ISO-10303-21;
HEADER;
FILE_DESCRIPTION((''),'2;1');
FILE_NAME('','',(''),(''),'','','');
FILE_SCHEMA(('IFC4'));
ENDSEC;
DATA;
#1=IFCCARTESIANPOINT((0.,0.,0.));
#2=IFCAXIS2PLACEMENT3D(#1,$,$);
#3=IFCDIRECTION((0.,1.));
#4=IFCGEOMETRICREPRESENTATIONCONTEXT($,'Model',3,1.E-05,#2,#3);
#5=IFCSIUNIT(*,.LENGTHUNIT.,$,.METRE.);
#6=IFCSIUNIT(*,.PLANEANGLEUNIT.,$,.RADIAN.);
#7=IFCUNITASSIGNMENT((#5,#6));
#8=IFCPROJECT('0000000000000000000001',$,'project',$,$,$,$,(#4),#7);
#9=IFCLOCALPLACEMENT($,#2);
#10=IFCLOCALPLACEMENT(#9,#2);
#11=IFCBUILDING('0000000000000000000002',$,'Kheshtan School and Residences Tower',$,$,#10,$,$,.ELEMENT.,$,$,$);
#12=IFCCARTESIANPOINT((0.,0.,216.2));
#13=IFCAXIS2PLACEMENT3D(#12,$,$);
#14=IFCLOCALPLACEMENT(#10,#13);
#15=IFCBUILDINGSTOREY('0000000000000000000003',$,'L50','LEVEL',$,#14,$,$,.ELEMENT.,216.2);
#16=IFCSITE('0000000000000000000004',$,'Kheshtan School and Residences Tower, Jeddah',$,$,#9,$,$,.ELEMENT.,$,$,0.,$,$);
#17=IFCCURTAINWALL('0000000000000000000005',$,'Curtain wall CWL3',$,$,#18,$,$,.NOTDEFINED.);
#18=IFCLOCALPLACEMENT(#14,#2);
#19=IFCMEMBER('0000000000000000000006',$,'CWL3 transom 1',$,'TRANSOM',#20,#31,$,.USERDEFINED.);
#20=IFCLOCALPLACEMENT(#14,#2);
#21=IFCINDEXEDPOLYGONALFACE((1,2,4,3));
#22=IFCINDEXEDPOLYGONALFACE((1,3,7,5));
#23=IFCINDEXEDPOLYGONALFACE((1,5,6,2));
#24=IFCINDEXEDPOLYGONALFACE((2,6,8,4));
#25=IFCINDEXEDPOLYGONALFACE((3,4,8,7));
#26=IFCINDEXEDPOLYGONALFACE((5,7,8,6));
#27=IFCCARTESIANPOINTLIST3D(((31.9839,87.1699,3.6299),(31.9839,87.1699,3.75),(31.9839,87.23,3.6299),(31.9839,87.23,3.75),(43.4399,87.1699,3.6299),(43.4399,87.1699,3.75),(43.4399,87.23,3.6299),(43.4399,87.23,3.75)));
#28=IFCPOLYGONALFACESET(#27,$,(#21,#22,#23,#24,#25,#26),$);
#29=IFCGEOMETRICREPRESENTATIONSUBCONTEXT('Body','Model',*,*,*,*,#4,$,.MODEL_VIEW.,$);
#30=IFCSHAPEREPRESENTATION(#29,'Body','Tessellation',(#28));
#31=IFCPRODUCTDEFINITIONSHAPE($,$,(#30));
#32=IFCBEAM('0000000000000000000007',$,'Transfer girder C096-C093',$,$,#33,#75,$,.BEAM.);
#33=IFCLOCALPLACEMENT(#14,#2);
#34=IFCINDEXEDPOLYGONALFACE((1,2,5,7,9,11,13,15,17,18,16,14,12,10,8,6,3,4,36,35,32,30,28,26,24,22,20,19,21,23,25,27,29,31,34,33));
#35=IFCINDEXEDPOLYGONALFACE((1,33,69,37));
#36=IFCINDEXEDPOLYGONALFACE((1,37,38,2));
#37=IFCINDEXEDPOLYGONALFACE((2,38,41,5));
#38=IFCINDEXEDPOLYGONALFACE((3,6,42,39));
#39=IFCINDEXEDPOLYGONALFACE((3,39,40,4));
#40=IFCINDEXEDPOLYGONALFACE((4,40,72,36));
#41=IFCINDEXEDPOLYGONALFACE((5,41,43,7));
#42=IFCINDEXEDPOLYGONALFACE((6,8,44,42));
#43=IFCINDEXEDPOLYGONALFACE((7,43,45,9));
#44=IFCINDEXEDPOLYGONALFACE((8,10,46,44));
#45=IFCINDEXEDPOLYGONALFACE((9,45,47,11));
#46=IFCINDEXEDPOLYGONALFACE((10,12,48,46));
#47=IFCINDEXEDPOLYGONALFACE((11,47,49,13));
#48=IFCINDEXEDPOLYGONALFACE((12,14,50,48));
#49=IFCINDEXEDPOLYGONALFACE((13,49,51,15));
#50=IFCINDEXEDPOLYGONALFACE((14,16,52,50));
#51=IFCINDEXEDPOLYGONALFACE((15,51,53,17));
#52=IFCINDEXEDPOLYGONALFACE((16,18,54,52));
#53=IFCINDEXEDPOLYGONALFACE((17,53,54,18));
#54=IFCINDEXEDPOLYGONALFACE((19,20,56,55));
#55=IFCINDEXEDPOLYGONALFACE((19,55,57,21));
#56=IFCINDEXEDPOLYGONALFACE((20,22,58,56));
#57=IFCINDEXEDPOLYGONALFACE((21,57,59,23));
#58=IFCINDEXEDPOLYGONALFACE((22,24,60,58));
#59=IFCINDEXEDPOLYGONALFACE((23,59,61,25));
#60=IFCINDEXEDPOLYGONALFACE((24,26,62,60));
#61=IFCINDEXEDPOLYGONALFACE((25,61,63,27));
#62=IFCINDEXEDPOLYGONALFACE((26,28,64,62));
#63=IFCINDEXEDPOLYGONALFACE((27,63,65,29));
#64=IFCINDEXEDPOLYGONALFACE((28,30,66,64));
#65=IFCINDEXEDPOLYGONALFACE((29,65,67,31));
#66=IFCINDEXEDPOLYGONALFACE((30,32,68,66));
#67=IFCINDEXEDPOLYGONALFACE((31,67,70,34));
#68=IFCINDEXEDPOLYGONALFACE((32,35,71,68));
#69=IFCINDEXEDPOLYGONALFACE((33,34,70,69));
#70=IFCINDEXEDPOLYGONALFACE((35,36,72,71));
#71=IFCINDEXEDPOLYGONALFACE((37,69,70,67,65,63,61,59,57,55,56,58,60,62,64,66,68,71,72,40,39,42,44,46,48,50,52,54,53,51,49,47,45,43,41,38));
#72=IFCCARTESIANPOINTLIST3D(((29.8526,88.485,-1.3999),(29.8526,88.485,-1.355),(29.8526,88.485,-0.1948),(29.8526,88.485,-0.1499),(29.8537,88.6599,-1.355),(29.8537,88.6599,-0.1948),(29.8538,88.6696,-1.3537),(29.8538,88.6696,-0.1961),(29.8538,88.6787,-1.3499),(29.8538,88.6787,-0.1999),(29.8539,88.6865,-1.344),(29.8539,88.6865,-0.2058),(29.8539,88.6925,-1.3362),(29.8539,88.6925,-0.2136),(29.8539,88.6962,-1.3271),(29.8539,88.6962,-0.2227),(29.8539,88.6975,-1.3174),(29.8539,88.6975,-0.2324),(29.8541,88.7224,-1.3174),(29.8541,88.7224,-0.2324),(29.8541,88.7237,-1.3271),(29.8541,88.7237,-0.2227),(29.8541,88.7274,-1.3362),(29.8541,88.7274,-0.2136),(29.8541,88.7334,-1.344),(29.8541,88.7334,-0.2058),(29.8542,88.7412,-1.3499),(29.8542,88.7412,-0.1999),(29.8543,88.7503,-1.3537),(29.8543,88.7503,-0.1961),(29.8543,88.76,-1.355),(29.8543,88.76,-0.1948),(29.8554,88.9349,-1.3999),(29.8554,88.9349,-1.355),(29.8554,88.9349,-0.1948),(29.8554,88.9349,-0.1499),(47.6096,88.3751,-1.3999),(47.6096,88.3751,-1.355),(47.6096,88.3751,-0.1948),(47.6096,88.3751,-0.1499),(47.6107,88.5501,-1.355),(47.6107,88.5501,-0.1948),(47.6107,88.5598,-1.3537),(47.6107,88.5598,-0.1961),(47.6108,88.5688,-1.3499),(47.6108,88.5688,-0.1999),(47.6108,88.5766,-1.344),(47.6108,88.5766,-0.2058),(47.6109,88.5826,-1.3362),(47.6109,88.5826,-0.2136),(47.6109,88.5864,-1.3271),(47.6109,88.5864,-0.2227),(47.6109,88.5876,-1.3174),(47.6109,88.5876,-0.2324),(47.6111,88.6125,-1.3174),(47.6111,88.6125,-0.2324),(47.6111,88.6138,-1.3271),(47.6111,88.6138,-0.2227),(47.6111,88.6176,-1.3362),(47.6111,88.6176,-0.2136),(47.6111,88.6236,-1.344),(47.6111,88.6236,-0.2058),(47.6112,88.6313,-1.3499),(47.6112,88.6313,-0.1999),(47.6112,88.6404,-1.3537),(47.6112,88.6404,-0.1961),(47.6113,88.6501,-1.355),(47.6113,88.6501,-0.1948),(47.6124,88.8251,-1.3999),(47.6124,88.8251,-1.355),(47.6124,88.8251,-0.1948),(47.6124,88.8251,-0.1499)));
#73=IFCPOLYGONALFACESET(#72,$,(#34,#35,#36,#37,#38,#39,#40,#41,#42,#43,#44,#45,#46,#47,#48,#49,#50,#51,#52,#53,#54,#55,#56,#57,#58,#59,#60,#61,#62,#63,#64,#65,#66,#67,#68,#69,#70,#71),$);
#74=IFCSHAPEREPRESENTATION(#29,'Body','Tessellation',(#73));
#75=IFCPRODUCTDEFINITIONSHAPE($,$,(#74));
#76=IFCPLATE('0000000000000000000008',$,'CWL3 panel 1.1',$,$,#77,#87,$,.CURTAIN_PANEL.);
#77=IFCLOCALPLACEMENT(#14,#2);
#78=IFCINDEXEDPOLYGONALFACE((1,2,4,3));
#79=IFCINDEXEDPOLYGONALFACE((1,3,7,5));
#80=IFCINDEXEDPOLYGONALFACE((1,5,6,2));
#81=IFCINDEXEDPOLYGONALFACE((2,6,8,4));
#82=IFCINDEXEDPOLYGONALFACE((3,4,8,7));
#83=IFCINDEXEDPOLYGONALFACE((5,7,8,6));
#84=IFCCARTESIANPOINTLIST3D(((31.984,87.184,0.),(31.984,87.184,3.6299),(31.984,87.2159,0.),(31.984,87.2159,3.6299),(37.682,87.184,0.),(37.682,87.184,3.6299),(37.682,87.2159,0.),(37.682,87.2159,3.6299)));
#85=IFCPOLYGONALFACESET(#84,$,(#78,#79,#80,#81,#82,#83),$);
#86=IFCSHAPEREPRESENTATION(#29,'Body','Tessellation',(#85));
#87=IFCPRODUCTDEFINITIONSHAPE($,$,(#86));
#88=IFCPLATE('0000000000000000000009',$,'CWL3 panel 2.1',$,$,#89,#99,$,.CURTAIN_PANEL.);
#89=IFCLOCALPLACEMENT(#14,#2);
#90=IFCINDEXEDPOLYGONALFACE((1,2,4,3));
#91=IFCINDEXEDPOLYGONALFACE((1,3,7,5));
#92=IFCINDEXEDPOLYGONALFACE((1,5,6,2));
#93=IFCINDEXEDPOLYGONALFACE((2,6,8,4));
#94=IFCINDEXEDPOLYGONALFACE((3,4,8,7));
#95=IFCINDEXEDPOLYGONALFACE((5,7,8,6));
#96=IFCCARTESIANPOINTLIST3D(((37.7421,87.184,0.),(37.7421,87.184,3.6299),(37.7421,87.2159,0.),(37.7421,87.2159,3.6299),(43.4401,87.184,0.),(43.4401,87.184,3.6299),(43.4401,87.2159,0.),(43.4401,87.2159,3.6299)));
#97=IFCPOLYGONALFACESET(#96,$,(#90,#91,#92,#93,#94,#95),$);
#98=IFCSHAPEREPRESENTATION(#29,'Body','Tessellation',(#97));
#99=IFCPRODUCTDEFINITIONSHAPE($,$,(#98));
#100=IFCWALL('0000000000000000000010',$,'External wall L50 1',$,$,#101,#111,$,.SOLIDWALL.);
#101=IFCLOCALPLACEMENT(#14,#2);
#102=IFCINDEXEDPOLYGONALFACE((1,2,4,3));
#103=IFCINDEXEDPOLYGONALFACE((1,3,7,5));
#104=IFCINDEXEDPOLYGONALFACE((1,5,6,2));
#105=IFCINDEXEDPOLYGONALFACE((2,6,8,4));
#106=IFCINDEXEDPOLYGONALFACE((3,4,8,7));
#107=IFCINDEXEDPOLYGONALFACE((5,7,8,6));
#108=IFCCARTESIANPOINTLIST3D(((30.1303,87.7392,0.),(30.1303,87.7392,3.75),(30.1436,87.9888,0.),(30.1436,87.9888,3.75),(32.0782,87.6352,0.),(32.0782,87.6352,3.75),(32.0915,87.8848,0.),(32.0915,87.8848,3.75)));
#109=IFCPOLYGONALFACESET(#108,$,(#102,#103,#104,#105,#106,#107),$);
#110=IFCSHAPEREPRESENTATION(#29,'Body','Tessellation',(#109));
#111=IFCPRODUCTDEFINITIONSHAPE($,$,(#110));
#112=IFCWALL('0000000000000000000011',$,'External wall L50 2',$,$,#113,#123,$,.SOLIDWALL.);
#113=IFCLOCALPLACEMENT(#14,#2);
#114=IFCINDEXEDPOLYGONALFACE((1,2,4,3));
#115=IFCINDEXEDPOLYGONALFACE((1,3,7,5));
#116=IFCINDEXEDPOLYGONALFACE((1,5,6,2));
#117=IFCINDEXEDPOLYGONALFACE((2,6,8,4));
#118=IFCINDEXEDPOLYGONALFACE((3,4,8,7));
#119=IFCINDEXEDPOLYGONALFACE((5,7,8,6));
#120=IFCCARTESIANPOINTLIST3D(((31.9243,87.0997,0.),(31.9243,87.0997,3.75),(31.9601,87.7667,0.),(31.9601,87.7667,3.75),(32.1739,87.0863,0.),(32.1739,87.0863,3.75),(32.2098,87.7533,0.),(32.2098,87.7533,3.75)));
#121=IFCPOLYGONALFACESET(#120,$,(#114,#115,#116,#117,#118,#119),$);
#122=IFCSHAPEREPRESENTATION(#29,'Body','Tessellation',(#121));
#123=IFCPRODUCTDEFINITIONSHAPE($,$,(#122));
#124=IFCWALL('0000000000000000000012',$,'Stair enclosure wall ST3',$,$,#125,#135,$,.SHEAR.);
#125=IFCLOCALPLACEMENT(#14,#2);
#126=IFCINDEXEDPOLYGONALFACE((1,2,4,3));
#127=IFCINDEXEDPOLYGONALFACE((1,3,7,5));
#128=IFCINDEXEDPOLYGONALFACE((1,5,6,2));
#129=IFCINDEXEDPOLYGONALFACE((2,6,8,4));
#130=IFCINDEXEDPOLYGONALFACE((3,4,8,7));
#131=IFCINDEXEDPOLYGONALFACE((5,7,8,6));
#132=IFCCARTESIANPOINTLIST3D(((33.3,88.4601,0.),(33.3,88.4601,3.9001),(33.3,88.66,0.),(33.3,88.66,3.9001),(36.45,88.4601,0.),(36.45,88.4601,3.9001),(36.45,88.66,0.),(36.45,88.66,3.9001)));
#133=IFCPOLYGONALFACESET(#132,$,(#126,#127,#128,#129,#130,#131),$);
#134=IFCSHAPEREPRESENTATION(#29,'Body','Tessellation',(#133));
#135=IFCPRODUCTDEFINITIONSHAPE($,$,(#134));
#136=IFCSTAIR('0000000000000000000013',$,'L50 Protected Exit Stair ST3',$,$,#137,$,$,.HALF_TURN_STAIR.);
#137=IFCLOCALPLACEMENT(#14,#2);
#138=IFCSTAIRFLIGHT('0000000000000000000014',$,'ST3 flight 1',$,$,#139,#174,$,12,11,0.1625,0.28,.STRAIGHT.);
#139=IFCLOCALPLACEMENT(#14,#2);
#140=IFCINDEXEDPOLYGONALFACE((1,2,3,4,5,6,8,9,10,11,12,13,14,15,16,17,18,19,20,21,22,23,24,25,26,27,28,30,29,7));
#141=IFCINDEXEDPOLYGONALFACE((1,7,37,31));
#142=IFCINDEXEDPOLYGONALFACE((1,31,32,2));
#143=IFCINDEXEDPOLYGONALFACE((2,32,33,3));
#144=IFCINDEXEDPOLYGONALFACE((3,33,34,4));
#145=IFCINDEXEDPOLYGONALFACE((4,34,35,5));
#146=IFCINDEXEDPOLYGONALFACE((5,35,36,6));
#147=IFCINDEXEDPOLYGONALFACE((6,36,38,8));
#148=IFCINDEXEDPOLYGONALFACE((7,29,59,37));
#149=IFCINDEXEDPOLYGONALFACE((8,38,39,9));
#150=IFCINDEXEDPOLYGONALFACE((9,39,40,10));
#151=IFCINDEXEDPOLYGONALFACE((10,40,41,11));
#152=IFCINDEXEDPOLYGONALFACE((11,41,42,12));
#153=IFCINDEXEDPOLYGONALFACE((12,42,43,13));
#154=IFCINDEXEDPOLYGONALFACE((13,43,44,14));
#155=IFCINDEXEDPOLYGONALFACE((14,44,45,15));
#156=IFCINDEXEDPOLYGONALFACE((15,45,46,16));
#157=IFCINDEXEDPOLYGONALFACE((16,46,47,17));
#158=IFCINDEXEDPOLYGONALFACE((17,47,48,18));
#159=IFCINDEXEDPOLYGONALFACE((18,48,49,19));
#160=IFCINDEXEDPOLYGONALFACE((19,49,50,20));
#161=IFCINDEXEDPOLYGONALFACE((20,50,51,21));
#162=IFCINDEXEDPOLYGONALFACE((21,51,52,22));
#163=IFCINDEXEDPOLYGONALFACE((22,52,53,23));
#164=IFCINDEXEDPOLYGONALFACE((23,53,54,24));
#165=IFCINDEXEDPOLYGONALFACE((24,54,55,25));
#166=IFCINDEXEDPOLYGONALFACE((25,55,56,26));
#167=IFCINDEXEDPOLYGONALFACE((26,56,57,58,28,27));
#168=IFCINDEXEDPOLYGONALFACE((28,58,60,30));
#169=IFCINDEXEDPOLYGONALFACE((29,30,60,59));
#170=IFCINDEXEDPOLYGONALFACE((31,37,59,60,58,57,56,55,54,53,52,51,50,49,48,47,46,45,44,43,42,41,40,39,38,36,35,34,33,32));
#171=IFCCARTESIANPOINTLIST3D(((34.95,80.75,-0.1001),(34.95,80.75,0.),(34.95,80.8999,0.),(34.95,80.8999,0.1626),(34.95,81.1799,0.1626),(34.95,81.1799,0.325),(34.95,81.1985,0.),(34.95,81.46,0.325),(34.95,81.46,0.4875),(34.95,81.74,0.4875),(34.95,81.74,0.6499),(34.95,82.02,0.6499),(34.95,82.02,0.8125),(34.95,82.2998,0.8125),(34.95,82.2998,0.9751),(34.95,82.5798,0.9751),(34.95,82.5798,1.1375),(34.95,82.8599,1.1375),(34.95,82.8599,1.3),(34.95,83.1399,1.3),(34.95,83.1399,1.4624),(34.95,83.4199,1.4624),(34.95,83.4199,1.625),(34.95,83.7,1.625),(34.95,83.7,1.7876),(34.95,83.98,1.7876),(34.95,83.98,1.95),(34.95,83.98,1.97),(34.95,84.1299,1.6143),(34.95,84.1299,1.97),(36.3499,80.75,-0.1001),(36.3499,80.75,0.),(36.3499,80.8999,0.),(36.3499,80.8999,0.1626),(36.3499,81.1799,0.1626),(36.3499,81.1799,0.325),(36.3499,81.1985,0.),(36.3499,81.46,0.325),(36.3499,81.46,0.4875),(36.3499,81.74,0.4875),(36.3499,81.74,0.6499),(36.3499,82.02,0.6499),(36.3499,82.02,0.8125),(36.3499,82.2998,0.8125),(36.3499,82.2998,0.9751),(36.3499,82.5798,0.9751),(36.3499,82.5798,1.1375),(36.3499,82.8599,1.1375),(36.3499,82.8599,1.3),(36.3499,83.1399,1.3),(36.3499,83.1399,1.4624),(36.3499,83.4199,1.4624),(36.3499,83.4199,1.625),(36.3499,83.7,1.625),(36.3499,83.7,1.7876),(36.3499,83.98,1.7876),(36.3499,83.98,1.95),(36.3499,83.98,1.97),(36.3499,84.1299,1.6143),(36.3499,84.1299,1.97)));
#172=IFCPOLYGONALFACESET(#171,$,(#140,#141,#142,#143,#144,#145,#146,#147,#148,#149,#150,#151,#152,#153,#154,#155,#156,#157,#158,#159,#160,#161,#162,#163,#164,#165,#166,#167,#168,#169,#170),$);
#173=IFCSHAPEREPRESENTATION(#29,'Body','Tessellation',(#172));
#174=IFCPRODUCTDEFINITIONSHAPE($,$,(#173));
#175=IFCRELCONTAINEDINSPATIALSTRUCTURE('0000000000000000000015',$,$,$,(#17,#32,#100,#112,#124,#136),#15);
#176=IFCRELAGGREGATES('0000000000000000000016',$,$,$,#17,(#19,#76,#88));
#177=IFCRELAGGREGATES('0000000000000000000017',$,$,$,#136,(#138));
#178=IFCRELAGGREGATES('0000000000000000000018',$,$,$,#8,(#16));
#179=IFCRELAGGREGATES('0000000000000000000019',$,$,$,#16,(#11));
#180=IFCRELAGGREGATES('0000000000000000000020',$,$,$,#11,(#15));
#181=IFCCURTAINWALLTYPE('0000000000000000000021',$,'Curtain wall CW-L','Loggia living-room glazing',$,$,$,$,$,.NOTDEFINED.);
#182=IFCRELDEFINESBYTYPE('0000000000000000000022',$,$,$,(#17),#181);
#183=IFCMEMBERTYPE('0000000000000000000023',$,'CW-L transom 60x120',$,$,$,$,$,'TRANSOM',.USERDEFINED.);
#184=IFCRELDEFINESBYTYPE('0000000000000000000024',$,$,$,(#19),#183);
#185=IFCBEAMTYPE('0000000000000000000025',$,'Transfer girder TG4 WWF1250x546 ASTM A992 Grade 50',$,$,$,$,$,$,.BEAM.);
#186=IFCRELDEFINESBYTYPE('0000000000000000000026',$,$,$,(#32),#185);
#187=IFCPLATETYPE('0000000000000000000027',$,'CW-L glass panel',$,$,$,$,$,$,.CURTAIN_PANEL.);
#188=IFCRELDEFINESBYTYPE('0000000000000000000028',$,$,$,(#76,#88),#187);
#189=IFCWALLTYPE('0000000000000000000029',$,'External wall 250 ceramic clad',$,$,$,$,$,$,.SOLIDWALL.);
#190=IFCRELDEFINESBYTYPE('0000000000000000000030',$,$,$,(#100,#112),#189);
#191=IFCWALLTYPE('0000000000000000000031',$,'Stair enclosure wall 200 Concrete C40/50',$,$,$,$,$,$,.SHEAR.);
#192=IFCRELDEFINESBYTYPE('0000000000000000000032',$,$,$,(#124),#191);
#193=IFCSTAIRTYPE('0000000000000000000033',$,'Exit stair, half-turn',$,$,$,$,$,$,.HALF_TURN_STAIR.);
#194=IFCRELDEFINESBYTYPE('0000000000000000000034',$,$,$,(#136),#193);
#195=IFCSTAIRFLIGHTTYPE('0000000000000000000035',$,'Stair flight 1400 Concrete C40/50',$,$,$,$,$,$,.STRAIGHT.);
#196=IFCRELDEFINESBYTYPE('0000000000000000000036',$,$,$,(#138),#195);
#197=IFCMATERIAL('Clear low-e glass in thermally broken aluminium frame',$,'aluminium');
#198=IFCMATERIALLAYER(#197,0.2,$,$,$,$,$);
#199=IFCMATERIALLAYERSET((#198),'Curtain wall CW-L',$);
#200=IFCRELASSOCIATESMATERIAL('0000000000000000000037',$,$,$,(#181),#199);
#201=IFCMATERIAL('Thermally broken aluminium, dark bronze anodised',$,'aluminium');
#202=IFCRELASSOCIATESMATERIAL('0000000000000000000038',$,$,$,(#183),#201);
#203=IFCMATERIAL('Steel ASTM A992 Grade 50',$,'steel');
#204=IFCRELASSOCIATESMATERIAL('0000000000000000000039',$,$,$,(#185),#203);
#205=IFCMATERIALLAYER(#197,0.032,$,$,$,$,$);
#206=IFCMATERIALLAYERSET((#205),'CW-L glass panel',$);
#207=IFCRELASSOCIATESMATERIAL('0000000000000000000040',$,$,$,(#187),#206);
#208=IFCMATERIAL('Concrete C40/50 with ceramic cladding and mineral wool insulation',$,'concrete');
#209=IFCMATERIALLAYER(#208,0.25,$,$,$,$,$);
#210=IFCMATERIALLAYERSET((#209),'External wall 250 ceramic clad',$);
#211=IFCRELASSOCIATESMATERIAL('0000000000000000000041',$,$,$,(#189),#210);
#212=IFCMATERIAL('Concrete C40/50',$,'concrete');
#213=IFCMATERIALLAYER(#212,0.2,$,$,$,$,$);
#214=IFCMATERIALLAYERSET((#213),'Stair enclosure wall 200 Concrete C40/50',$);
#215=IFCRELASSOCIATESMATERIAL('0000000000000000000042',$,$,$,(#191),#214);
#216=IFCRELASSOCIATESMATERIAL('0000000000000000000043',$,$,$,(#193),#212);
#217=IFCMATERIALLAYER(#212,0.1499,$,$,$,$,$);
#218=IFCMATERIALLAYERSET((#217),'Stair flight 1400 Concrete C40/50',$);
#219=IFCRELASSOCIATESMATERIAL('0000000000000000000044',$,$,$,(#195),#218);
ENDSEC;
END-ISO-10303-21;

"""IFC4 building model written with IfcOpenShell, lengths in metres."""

from ifc_helpers import new_model, si_unit, direction, frame, frame_2d, origin, origin_2d, place, context, subcontext, project, spatial, polyline, rectangle, i_section, outline, extrude, material, layer, layer_set, material_profile, profile_set, type_object, element, aggregate, save


model = new_model("IFC4")

# Units and contexts
model_context = context("Model", 3, precision=1e-05, world=origin(), true_north=direction((0.0, 1.0)))
body_context = subcontext(model_context, "Body", "Model", "MODEL_VIEW")
ifc_project = project(units=[si_unit("LENGTHUNIT", "METRE"), si_unit("PLANEANGLEUNIT", "RADIAN")], contexts=[model_context])

# Site, building, storey
site_placement = place(None, origin())
site = spatial("IfcSite", under=ifc_project, at=site_placement, Name="Kheshtan School and Residences Tower, Jeddah", CompositionType="ELEMENT", RefElevation=0.0)
building_placement = place(site_placement, origin())
building = spatial("IfcBuilding", under=site, at=building_placement, Name="Kheshtan School and Residences Tower", CompositionType="ELEMENT")
storey_placement = place(building_placement, frame((0.0, 0.0, 216.2)))
storey = spatial("IfcBuildingStorey", under=building, at=storey_placement, Name="L50", Description="LEVEL", CompositionType="ELEMENT", Elevation=216.2)

# Shared definitions
ifc_material_1 = material(Name="Steel ASTM A992 Grade 50", Category="steel")

# Curtain wall, member
ifc_material_2 = material(Name="Clear low-e glass in thermally broken aluminium frame", Category="aluminium")
ifc_layer_1 = layer(ifc_material_2, 0.2)
ifc_layer_set_1 = layer_set([ifc_layer_1], Name="Curtain wall CW-L")
curtain_wall_type = type_object("IfcCurtainWallType", Name="Curtain wall CW-L", Description="Loggia living-room glazing", PredefinedType="NOTDEFINED", material=ifc_layer_set_1)
curtain_wall_placement = place(storey_placement, origin())
curtain_wall = element("IfcCurtainWall", 1, at=curtain_wall_placement, inside=storey, type_object=curtain_wall_type, Name="Curtain wall CWL3", PredefinedType="NOTDEFINED")
ifc_material_3 = material(Name="Thermally broken aluminium, dark bronze anodised", Category="aluminium")
ifc_material_profile_1 = material_profile(ifc_material_3, rectangle(XDim=0.0601, YDim=0.1201, at=origin_2d()), Name="CW-L transom 60x120")
ifc_profile_set_1 = profile_set([ifc_material_profile_1], Name="Thermally broken aluminium, dark bronze anodised")
member_type_1 = type_object("IfcMemberType", Name="CW-L transom 60x120", ElementType="TRANSOM", PredefinedType="USERDEFINED", material=ifc_profile_set_1)
member_1_placement = place(storey_placement, frame((31.9839, 87.2, 3.6899), z_axis=(1.0, 0.0, 0.0), x_axis=(0.0, 1.0, 0.0)))
member_1 = element("IfcMember", 2, at=member_1_placement, type_object=member_type_1, Name="CWL3 transom 1", ObjectType="TRANSOM", PredefinedType="USERDEFINED", context=body_context, shape_type="SweptSolid", body=[
    extrude(rectangle(XDim=0.0601, YDim=0.1201, at=origin_2d()), origin(), (0.0, 0.0, 1.0), 11.4561),
])

# Beam
ifc_material_profile_2 = material_profile(ifc_material_1, i_section(OverallWidth=0.45, OverallDepth=1.25, WebThickness=0.0249, FlangeThickness=0.0449, FilletRadius=0.0376, at=origin_2d()), Name="WWF1250x546")
ifc_profile_set_2 = profile_set([ifc_material_profile_2], Name="Steel ASTM A992 Grade 50")
beam_type_1 = type_object("IfcBeamType", Name="Transfer girder TG4 WWF1250x546 ASTM A992 Grade 50", PredefinedType="BEAM", material=ifc_profile_set_2)
beam_1_placement = place(storey_placement, frame((29.854, 88.71, -0.7749), z_axis=(0.999981, -0.006187, 0.0), x_axis=(0.006187, 0.999981, 0.0)))
element("IfcBeam", 3, at=beam_1_placement, inside=storey, type_object=beam_type_1, Name="Transfer girder C096-C093", PredefinedType="BEAM", context=body_context, shape_type="SweptSolid", body=[
    extrude(i_section(OverallWidth=0.45, OverallDepth=1.25, WebThickness=0.0249, FlangeThickness=0.0449, FilletRadius=0.0376, at=origin_2d()), origin(), (0.0, 0.0, 1.0), 17.7573),
])

# Plates
ifc_layer_2 = layer(ifc_material_2, 0.032)
ifc_layer_set_2 = layer_set([ifc_layer_2], Name="CW-L glass panel")
plate_type = type_object("IfcPlateType", Name="CW-L glass panel", PredefinedType="CURTAIN_PANEL", material=ifc_layer_set_2)
plate_1_placement = place(storey_placement, frame((34.833, 87.2, 0.0), z_axis=(0.0, 0.0, 1.0), x_axis=(1.0, 0.0, 0.0)))
plate_1 = element("IfcPlate", 4, at=plate_1_placement, type_object=plate_type, Name="CWL3 panel 1.1", PredefinedType="CURTAIN_PANEL", context=body_context, shape_type="SweptSolid", body=[
    extrude(rectangle(XDim=5.698, YDim=0.032, at=origin_2d()), origin(), (0.0, 0.0, 1.0), 3.6299),
])
plate_2_placement = place(storey_placement, frame((40.5911, 87.2, 0.0), z_axis=(0.0, 0.0, 1.0), x_axis=(1.0, 0.0, 0.0)))
plate_2 = element("IfcPlate", 5, at=plate_2_placement, type_object=plate_type, Name="CWL3 panel 2.1", PredefinedType="CURTAIN_PANEL", context=body_context, shape_type="SweptSolid", body=[
    extrude(rectangle(XDim=5.698, YDim=0.032, at=origin_2d()), origin(), (0.0, 0.0, 1.0), 3.6299),
])
aggregate(curtain_wall, [member_1, plate_1, plate_2])

# Walls
ifc_material_4 = material(Name="Concrete C40/50 with ceramic cladding and mineral wool insulation", Category="concrete")
ifc_layer_3 = layer(ifc_material_4, 0.25)
ifc_layer_set_3 = layer_set([ifc_layer_3], Name="External wall 250 ceramic clad")
wall_type_1 = type_object("IfcWallType", Name="External wall 250 ceramic clad", PredefinedType="SOLIDWALL", material=ifc_layer_set_3)
wall_1_placement = place(storey_placement, frame((30.137, 87.864, 0.0), z_axis=(0.0, 0.0, 1.0), x_axis=(0.998578, -0.053314, 0.0)))
element("IfcWall", 6, at=wall_1_placement, inside=storey, type_object=wall_type_1, Name="External wall L50 1", PredefinedType="SOLIDWALL", context=body_context, shape_type="SweptSolid", body=[
    extrude(rectangle(XDim=1.9507, YDim=0.25, at=frame_2d((0.9753, 0.0))), origin(), (0.0, 0.0, 1.0), 3.75),
])
wall_2_placement = place(storey_placement, frame((32.085, 87.76, 0.0), z_axis=(0.0, 0.0, 1.0), x_axis=(-0.053729, -0.998556, 0.0)))
element("IfcWall", 7, at=wall_2_placement, inside=storey, type_object=wall_type_1, Name="External wall L50 2", PredefinedType="SOLIDWALL", context=body_context, shape_type="SweptSolid", body=[
    extrude(rectangle(XDim=0.668, YDim=0.25, at=frame_2d((0.334, 0.0))), origin(), (0.0, 0.0, 1.0), 3.75),
])

# Wall
ifc_material_5 = material(Name="Concrete C40/50", Category="concrete")
ifc_layer_4 = layer(ifc_material_5, 0.2)
ifc_layer_set_4 = layer_set([ifc_layer_4], Name="Stair enclosure wall 200 Concrete C40/50")
wall_type_2 = type_object("IfcWallType", Name="Stair enclosure wall 200 Concrete C40/50", PredefinedType="SHEAR", material=ifc_layer_set_4)
wall_3_placement = place(storey_placement, frame((33.3, 88.5601, 0.0), z_axis=(0.0, 0.0, 1.0), x_axis=(1.0, 0.0, 0.0)))
element("IfcWall", 8, at=wall_3_placement, inside=storey, type_object=wall_type_2, Name="Stair enclosure wall ST3", PredefinedType="SHEAR", context=body_context, shape_type="SweptSolid", body=[
    extrude(rectangle(XDim=3.1499, YDim=0.2, at=frame_2d((1.575, 0.0))), origin(), (0.0, 0.0, 1.0), 3.9001),
])

# Stair, stair flight
stair_type = type_object("IfcStairType", Name="Exit stair, half-turn", PredefinedType="HALF_TURN_STAIR", material=ifc_material_5)
stair_placement = place(storey_placement, origin())
stair = element("IfcStair", 9, at=stair_placement, inside=storey, type_object=stair_type, Name="L50 Protected Exit Stair ST3", PredefinedType="HALF_TURN_STAIR")
ifc_layer_5 = layer(ifc_material_5, 0.1499)
ifc_layer_set_5 = layer_set([ifc_layer_5], Name="Stair flight 1400 Concrete C40/50")
stair_flight_type = type_object("IfcStairFlightType", Name="Stair flight 1400 Concrete C40/50", PredefinedType="STRAIGHT", material=ifc_layer_set_5)
stair_flight_1_placement = place(storey_placement, frame((35.6499, 80.8999, 0.0), z_axis=(0.0, 0.0, 1.0), x_axis=(0.0, 1.0, 0.0)))
stair_flight_1 = element("IfcStairFlight", 10, at=stair_flight_1_placement, type_object=stair_flight_type, Name="ST3 flight 1", NumberOfRisers=12, NumberOfTreads=11, PredefinedType="STRAIGHT", RiserHeight=0.1625, TreadLength=0.28, context=body_context, shape_type="SweptSolid", body=[
    extrude(outline(polyline([(-0.1499, -0.1001), (-0.1499, 0.0), (0.0, 0.0), (0.0, 0.1626), (0.28, 0.1626), (0.28, 0.325), (0.5601, 0.325), (0.5601, 0.4875), (0.8401, 0.4875), (0.8401, 0.6499), (1.1201, 0.6499), (1.1201, 0.8125), (1.3999, 0.8125), (1.3999, 0.9751), (1.6799, 0.9751), (1.6799, 1.1375), (1.96, 1.1375), (1.96, 1.3), (2.24, 1.3), (2.24, 1.4624), (2.52, 1.4624), (2.52, 1.625), (2.8, 1.625), (2.8, 1.7876), (3.0801, 1.7876), (3.0801, 1.95), (3.0801, 1.97), (3.23, 1.97), (3.23, 1.6143), (0.2986, 0.0), (-0.1499, -0.1001)])), frame((0.0, 0.7, 0.0), z_axis=(0.0, -1.0, 0.0), x_axis=(1.0, 0.0, 0.0)), (0.0, 0.0, 1.0), 1.3999),
])
aggregate(stair, [stair_flight_1])

save(model, "model.ifc")
